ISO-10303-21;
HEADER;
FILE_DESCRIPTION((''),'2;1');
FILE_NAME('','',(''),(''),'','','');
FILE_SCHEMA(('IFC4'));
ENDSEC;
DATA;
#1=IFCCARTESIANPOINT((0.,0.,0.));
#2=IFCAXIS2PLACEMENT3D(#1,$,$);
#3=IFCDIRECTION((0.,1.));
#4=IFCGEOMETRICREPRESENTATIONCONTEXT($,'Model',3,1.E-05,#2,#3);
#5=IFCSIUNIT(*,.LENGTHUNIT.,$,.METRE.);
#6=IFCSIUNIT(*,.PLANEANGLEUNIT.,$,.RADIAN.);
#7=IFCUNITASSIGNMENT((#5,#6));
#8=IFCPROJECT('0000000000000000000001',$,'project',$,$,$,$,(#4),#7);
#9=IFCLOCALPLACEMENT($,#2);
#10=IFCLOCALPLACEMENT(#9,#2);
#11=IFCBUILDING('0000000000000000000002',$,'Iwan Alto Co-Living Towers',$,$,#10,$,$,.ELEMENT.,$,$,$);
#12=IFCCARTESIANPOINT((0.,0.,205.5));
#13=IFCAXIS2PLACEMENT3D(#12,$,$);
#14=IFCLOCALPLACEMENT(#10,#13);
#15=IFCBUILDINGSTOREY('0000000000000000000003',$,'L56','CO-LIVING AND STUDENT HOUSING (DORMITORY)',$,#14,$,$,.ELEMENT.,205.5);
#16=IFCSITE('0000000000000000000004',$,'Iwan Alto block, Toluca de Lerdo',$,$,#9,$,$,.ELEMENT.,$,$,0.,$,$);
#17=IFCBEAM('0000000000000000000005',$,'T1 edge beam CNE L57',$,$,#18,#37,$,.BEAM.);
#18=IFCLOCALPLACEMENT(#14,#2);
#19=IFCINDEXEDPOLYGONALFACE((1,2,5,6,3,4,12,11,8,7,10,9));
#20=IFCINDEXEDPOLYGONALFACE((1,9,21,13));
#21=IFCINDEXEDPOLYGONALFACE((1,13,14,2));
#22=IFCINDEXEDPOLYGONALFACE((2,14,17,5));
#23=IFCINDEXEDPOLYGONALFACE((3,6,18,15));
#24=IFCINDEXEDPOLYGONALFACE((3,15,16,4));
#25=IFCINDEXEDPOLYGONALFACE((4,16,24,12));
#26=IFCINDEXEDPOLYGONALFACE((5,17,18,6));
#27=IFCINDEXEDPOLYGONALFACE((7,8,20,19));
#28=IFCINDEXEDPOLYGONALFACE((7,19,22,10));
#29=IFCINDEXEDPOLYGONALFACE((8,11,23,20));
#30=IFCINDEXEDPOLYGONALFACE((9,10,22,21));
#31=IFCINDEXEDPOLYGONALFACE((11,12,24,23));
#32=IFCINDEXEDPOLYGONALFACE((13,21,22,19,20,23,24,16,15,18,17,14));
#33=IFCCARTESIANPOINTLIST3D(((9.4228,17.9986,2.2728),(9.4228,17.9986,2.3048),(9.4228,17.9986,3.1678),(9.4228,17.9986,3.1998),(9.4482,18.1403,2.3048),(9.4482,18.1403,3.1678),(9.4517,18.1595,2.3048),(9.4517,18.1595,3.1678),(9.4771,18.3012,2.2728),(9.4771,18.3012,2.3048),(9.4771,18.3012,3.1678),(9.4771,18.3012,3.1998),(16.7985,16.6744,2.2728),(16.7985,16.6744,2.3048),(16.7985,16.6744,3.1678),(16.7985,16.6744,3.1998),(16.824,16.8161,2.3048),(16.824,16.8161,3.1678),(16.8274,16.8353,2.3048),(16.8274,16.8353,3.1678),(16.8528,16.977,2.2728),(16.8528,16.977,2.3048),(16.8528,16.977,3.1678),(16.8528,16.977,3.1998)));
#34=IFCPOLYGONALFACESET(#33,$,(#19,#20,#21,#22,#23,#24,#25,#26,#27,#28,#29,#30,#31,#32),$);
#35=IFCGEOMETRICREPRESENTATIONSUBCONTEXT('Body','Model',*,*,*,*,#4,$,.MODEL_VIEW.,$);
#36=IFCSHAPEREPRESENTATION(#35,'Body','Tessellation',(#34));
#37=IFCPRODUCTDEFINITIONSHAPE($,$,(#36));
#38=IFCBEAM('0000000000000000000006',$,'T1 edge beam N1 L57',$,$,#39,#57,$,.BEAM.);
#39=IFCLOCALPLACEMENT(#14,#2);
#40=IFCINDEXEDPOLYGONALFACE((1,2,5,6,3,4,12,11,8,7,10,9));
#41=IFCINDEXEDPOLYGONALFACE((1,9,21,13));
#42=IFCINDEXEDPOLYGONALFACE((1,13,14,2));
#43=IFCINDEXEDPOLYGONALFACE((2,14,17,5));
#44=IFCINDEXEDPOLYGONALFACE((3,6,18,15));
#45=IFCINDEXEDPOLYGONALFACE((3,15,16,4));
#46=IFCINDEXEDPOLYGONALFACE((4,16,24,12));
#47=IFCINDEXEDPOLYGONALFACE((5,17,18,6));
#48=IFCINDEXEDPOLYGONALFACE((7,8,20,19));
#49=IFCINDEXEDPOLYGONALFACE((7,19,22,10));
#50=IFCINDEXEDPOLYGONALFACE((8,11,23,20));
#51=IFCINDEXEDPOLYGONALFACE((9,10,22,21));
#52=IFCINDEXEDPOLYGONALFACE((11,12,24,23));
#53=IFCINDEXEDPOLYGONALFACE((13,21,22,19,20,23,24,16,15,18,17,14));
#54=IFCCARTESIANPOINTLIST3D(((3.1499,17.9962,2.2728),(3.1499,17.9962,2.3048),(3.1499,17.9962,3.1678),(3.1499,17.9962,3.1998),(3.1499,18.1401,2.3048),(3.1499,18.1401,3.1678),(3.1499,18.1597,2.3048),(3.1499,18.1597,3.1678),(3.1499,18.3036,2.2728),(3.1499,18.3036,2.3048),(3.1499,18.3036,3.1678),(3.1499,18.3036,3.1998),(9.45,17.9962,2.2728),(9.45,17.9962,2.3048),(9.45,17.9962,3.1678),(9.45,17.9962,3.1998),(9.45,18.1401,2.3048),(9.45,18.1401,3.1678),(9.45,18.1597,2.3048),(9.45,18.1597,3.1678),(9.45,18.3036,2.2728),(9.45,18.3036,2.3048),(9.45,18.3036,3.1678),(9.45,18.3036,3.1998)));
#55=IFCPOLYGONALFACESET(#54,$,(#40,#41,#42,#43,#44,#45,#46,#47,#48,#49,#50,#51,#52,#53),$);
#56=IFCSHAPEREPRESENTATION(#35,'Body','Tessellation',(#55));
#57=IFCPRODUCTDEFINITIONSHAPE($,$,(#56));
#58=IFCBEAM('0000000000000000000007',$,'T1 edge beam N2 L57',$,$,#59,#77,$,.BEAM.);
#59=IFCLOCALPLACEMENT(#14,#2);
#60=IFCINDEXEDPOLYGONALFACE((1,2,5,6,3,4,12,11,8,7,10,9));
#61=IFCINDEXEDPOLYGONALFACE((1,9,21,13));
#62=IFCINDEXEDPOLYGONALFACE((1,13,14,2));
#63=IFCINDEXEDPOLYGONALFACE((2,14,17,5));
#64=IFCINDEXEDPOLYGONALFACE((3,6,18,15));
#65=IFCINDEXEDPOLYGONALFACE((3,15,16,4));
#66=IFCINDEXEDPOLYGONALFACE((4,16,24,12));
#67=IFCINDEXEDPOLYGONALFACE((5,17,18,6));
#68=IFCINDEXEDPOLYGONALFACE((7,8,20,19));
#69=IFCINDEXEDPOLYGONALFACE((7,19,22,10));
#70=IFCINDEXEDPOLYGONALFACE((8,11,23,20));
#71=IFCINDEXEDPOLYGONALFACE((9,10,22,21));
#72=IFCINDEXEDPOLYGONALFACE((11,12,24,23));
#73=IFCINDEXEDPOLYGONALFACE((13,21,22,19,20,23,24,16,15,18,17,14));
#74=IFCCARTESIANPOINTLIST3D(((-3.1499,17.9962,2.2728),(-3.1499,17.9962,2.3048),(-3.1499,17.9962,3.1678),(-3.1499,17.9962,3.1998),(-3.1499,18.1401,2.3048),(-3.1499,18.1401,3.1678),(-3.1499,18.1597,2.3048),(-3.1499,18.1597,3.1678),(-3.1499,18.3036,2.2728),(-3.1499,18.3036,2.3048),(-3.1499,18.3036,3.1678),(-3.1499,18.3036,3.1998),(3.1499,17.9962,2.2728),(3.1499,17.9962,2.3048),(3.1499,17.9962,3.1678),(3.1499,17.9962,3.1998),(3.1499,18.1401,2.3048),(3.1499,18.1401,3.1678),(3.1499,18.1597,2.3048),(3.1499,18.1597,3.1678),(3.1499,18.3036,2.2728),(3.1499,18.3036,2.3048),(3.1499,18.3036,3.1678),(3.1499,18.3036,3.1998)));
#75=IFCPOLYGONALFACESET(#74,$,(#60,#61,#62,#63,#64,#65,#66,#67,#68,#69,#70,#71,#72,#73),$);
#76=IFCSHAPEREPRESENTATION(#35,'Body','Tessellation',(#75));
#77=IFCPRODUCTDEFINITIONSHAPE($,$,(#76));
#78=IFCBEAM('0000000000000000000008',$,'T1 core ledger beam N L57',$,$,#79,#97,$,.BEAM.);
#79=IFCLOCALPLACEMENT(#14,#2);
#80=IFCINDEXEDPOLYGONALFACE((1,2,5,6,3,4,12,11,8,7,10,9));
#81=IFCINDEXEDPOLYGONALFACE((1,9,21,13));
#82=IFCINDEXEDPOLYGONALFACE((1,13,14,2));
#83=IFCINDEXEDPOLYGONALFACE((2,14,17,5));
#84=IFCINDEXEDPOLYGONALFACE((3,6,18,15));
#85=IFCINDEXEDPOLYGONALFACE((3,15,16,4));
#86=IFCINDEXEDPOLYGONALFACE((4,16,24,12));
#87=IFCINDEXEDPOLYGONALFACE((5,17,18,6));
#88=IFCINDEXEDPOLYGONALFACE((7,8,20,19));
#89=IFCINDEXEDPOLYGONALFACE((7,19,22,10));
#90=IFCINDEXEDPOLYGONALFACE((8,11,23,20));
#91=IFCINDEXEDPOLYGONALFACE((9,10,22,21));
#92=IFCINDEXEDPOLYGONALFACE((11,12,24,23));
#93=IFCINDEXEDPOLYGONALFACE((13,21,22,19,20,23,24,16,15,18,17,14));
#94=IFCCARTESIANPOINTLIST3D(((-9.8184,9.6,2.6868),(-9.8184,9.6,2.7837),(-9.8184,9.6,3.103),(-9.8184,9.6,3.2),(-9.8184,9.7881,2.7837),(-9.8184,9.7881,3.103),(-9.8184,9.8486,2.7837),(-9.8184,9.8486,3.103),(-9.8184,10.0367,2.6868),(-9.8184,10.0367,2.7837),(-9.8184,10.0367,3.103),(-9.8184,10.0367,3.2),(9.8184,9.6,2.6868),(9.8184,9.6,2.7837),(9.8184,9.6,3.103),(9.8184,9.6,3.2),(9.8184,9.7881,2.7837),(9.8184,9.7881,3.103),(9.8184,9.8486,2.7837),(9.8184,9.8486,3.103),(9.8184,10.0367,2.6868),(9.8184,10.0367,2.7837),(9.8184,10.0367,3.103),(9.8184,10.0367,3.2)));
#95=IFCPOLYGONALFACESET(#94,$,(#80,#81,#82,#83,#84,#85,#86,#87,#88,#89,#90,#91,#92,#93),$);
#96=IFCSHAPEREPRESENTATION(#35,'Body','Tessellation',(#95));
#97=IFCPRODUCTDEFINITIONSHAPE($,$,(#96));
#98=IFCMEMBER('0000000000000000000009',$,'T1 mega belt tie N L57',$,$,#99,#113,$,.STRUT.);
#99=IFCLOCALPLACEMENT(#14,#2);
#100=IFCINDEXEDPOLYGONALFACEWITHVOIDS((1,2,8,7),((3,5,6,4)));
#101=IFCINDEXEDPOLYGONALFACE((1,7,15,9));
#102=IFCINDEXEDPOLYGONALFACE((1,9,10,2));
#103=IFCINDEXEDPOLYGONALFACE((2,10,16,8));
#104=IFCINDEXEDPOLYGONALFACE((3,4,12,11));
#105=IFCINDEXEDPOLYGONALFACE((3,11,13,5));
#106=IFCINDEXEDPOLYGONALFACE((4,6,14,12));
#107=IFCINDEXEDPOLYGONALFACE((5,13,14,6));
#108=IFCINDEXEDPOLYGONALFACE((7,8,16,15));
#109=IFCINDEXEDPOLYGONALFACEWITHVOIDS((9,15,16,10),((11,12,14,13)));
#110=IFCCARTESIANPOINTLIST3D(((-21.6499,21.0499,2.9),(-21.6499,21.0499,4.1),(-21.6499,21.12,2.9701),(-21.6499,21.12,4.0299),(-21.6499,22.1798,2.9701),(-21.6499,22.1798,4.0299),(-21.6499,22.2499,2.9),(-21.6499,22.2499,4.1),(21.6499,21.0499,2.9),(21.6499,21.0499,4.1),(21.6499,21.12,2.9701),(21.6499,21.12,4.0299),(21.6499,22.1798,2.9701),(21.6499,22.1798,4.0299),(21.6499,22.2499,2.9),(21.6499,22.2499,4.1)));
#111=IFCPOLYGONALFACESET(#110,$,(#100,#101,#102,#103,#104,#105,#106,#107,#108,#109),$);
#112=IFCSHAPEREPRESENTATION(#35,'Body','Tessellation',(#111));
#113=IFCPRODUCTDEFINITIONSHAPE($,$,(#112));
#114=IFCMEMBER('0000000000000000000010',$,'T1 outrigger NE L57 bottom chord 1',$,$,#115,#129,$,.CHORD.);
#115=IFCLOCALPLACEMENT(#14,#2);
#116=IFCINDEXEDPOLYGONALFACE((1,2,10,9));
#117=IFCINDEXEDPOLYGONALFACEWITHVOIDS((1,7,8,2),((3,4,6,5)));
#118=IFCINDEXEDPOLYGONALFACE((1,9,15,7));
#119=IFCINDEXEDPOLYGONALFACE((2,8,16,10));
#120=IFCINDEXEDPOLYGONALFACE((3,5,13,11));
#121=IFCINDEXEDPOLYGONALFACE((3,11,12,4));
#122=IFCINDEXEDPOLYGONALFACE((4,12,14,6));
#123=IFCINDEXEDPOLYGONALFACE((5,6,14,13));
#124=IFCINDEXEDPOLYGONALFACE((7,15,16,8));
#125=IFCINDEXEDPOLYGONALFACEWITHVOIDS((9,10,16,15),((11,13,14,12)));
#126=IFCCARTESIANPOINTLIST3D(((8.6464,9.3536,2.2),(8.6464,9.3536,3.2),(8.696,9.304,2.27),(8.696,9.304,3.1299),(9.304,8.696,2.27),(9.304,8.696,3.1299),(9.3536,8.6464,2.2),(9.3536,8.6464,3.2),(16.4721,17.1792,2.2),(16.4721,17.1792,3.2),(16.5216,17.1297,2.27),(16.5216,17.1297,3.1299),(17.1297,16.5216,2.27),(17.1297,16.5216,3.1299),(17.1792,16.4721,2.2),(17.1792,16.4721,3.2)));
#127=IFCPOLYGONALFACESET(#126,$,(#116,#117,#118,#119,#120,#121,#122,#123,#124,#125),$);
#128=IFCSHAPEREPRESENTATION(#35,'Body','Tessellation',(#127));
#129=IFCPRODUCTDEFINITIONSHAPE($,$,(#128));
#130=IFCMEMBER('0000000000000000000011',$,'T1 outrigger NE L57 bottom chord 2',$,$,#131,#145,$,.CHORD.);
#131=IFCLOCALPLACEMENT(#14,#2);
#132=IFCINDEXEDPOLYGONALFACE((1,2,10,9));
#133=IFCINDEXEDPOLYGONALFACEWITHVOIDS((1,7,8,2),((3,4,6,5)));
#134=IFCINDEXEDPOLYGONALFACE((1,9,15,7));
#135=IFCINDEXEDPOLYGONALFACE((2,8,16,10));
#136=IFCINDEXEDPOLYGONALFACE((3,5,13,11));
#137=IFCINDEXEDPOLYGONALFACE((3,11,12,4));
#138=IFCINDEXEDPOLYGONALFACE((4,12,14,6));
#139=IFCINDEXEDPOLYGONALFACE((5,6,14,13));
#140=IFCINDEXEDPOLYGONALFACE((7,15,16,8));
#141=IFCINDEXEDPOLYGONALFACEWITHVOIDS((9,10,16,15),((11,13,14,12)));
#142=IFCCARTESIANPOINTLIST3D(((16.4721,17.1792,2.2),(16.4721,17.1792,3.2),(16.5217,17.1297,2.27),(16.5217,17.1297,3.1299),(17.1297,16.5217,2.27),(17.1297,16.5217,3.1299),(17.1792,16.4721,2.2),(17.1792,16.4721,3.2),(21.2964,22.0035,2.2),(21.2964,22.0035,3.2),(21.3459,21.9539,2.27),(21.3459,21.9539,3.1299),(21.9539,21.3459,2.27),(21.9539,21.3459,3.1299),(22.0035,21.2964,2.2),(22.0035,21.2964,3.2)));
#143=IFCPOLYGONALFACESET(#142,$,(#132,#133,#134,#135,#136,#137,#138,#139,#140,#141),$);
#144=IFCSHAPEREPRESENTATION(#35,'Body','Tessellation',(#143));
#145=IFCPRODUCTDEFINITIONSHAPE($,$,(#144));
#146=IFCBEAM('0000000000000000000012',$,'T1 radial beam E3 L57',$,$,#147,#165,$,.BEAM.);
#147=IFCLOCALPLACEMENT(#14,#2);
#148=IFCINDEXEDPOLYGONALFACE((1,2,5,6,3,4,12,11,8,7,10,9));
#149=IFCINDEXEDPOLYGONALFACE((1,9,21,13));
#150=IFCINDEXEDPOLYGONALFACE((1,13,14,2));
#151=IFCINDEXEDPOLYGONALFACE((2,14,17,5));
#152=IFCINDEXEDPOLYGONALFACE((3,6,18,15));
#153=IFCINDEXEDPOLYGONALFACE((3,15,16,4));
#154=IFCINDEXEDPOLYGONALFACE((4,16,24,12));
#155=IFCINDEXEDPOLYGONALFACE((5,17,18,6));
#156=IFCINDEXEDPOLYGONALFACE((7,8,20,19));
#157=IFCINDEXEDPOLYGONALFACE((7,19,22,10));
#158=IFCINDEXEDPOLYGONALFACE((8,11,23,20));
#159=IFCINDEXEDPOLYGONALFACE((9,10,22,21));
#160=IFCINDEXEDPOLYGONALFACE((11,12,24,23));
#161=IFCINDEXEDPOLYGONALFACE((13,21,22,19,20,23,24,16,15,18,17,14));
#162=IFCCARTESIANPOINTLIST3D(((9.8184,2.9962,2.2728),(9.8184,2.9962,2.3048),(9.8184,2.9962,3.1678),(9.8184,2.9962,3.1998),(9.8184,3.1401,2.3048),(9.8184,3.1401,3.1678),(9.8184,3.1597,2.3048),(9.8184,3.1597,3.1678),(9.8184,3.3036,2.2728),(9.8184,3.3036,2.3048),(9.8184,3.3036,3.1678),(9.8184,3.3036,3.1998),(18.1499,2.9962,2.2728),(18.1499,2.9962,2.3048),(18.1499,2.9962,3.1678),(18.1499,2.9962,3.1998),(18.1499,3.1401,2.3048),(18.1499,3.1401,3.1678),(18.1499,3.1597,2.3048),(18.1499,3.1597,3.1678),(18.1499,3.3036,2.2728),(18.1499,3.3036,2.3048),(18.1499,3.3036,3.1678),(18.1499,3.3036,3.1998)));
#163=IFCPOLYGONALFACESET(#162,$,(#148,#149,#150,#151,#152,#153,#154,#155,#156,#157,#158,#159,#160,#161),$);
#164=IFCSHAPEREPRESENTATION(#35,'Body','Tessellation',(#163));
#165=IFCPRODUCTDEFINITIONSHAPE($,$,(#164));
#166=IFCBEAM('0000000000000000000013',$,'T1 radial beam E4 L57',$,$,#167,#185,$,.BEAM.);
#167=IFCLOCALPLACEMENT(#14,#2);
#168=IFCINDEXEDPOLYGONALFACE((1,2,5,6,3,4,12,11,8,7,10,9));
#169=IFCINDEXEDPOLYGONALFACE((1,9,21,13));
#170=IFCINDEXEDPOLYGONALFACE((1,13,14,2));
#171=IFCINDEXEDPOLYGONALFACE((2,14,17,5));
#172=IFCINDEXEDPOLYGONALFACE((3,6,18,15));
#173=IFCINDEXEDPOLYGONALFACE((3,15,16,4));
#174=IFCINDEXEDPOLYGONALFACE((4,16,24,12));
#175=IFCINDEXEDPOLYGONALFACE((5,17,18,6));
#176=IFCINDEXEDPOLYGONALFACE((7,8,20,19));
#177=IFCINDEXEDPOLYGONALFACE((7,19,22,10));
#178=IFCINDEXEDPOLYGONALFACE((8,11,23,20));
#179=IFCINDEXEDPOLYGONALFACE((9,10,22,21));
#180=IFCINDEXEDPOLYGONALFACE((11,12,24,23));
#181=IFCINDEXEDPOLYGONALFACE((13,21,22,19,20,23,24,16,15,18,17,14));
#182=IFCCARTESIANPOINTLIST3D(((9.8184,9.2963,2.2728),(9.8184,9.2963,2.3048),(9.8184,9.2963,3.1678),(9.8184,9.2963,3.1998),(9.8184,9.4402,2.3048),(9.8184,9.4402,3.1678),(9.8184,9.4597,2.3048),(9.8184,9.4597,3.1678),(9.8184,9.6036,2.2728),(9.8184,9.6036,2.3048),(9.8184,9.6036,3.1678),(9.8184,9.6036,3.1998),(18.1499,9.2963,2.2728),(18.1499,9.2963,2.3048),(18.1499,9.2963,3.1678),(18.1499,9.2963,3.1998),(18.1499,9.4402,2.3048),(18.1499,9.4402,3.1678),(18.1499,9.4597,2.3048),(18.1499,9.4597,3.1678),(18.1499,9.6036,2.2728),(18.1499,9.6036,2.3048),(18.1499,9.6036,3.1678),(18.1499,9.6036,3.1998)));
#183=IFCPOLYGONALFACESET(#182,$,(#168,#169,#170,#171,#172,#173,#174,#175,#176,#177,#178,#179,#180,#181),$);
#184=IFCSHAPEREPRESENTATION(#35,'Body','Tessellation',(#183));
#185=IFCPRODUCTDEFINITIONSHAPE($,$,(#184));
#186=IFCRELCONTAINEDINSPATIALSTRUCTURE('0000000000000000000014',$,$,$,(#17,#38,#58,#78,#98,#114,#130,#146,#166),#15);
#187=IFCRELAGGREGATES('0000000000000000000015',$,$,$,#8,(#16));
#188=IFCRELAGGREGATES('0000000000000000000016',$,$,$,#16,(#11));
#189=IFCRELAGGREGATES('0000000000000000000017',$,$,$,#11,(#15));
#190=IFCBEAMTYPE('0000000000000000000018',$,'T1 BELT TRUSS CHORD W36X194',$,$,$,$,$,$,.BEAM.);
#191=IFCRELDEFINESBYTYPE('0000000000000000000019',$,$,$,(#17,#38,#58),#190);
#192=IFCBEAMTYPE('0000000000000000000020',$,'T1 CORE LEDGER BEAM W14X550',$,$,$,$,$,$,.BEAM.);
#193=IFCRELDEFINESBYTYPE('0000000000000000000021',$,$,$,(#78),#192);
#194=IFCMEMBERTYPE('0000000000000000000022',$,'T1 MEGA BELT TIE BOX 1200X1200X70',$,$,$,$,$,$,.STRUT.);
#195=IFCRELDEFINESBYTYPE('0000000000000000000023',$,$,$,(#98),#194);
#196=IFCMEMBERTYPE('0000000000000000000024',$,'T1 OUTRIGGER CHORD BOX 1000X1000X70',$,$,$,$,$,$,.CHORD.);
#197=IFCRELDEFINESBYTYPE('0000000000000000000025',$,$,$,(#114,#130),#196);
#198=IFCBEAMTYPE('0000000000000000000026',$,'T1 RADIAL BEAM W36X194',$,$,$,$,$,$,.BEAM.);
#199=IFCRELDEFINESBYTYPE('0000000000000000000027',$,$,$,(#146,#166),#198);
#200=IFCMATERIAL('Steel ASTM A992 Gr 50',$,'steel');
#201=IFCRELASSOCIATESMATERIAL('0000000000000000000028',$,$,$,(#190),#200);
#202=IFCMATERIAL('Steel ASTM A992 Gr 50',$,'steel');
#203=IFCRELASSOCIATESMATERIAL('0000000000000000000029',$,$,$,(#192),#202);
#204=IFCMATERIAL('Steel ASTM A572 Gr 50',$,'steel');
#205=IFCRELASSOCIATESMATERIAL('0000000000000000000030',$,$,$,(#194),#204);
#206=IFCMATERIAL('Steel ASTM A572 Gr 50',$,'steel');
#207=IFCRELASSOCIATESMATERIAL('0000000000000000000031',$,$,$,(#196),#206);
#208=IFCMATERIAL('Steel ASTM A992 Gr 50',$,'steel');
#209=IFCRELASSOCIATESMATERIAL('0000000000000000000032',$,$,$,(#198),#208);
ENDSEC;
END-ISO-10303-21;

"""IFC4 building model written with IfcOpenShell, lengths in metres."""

from ifc_helpers import new_model, si_unit, direction, frame, origin, origin_2d, place, context, subcontext, project, spatial, hollow_rectangle, i_section, extrude, material, material_profile, profile_set, type_object, element, save


model = new_model("IFC4")

# Units and contexts
model_context = context("Model", 3, precision=1e-05, world=origin(), true_north=direction((0.0, 1.0)))
body_context = subcontext(model_context, "Body", "Model", "MODEL_VIEW")
ifc_project = project(units=[si_unit("LENGTHUNIT", "METRE"), si_unit("PLANEANGLEUNIT", "RADIAN")], contexts=[model_context])

# Site, building, storey
site_placement = place(None, origin())
site = spatial("IfcSite", under=ifc_project, at=site_placement, Name="Iwan Alto block, Toluca de Lerdo", CompositionType="ELEMENT", RefElevation=0.0)
building_placement = place(site_placement, origin())
building = spatial("IfcBuilding", under=site, at=building_placement, Name="Iwan Alto Co-Living Towers", CompositionType="ELEMENT")
storey_placement = place(building_placement, frame((0.0, 0.0, 205.5)))
storey = spatial("IfcBuildingStorey", under=building, at=storey_placement, Name="L56", Description="CO-LIVING AND STUDENT HOUSING (DORMITORY)", CompositionType="ELEMENT", Elevation=205.5)

# Beams
ifc_material_1 = material(Name="Steel ASTM A992 Gr 50", Category="steel")
ifc_material_profile_1 = material_profile(ifc_material_1, i_section(OverallWidth=0.3074, OverallDepth=0.927, WebThickness=0.0195, FlangeThickness=0.032, at=origin_2d()), Name="W36X194")
ifc_profile_set_1 = profile_set([ifc_material_profile_1], Name="Steel ASTM A992 Gr 50")
beam_type_1 = type_object("IfcBeamType", Name="T1 BELT TRUSS CHORD W36X194", PredefinedType="BEAM", material=ifc_profile_set_1)
for number, where, z_axis, x_axis, name in (
    (1, (16.8257, 16.8257, 2.7363), (-0.984263, 0.176712, 0.0), (-0.176712, -0.984263, 0.0), "T1 edge beam CNE L57"),
):
    element("IfcBeam", number, at=place(storey_placement, frame(where, z_axis=z_axis, x_axis=x_axis)), inside=storey, type_object=beam_type_1, Name=name, PredefinedType="BEAM", context=body_context, shape_type="SweptSolid", body=[
        extrude(i_section(OverallWidth=0.3074, OverallDepth=0.927, WebThickness=0.0195, FlangeThickness=0.032, at=origin_2d()), origin(), (0.0, 0.0, 1.0), 7.4937),
    ])
beam_1_placement = place(storey_placement, frame((9.45, 18.1499, 2.7363), z_axis=(-1.0, 0.0, 0.0), x_axis=(0.0, -1.0, 0.0)))
element("IfcBeam", 2, at=beam_1_placement, inside=storey, type_object=beam_type_1, Name="T1 edge beam N1 L57", PredefinedType="BEAM", context=body_context, shape_type="SweptSolid", body=[
    extrude(i_section(OverallWidth=0.3074, OverallDepth=0.927, WebThickness=0.0195, FlangeThickness=0.032, at=origin_2d()), origin(), (0.0, 0.0, 1.0), 6.3),
])
beam_2_placement = place(storey_placement, frame((3.1499, 18.1499, 2.7363), z_axis=(-1.0, 0.0, 0.0), x_axis=(0.0, -1.0, 0.0)))
element("IfcBeam", 3, at=beam_2_placement, inside=storey, type_object=beam_type_1, Name="T1 edge beam N2 L57", PredefinedType="BEAM", context=body_context, shape_type="SweptSolid", body=[
    extrude(i_section(OverallWidth=0.3074, OverallDepth=0.927, WebThickness=0.0195, FlangeThickness=0.032, at=origin_2d()), origin(), (0.0, 0.0, 1.0), 6.2998),
])
ifc_material_2 = material(Name="Steel ASTM A992 Gr 50", Category="steel")
ifc_material_profile_2 = material_profile(ifc_material_2, i_section(OverallWidth=0.4368, OverallDepth=0.5132, WebThickness=0.0605, FlangeThickness=0.0969, at=origin_2d()), Name="W14X550")
ifc_profile_set_2 = profile_set([ifc_material_profile_2], Name="Steel ASTM A992 Gr 50")
beam_type_2 = type_object("IfcBeamType", Name="T1 CORE LEDGER BEAM W14X550", PredefinedType="BEAM", material=ifc_profile_set_2)
beam_3_placement = place(storey_placement, frame((9.8184, 9.8184, 2.9434), z_axis=(-1.0, 0.0, 0.0), x_axis=(0.0, -1.0, 0.0)))
element("IfcBeam", 4, at=beam_3_placement, inside=storey, type_object=beam_type_2, Name="T1 core ledger beam N L57", PredefinedType="BEAM", context=body_context, shape_type="SweptSolid", body=[
    extrude(i_section(OverallWidth=0.4368, OverallDepth=0.5132, WebThickness=0.0605, FlangeThickness=0.0969, at=origin_2d()), origin(), (0.0, 0.0, 1.0), 19.6367),
])

# Members
ifc_material_3 = material(Name="Steel ASTM A572 Gr 50", Category="steel")
ifc_material_profile_3 = material_profile(ifc_material_3, hollow_rectangle(XDim=1.2, YDim=1.2, WallThickness=0.0701, at=origin_2d()), Name="BOX 1200X1200X70")
ifc_profile_set_3 = profile_set([ifc_material_profile_3], Name="Steel ASTM A572 Gr 50")
member_type_1 = type_object("IfcMemberType", Name="T1 MEGA BELT TIE BOX 1200X1200X70", PredefinedType="STRUT", material=ifc_profile_set_3)
member_1_placement = place(storey_placement, frame((21.6499, 21.6499, 3.5), z_axis=(-1.0, 0.0, 0.0), x_axis=(0.0, -1.0, 0.0)))
element("IfcMember", 5, at=member_1_placement, inside=storey, type_object=member_type_1, Name="T1 mega belt tie N L57", PredefinedType="STRUT", context=body_context, shape_type="SweptSolid", body=[
    extrude(hollow_rectangle(XDim=1.2, YDim=1.2, WallThickness=0.0701, at=origin_2d()), origin(), (0.0, 0.0, 1.0), 43.2998),
])
ifc_material_4 = material(Name="Steel ASTM A572 Gr 50", Category="steel")
ifc_material_profile_4 = material_profile(ifc_material_4, hollow_rectangle(XDim=1.0, YDim=1.0, WallThickness=0.0701, at=origin_2d()), Name="BOX 1000X1000X70")
ifc_profile_set_4 = profile_set([ifc_material_profile_4], Name="Steel ASTM A572 Gr 50")
member_type_2 = type_object("IfcMemberType", Name="T1 OUTRIGGER CHORD BOX 1000X1000X70", PredefinedType="CHORD", material=ifc_profile_set_4)
member_2_placement = place(storey_placement, frame((9.0, 9.0, 2.7), z_axis=(0.707107, 0.707107, 0.0), x_axis=(-0.707107, 0.707107, 0.0)))
element("IfcMember", 6, at=member_2_placement, inside=storey, type_object=member_type_2, Name="T1 outrigger NE L57 bottom chord 1", PredefinedType="CHORD", context=body_context, shape_type="SweptSolid", body=[
    extrude(hollow_rectangle(XDim=1.0, YDim=1.0, WallThickness=0.0701, at=origin_2d()), origin(), (0.0, 0.0, 1.0), 11.0671),
])
member_3_placement = place(storey_placement, frame((16.8257, 16.8257, 2.7), z_axis=(0.707107, 0.707107, 0.0), x_axis=(-0.707107, 0.707107, 0.0)))
element("IfcMember", 7, at=member_3_placement, inside=storey, type_object=member_type_2, Name="T1 outrigger NE L57 bottom chord 2", PredefinedType="CHORD", context=body_context, shape_type="SweptSolid", body=[
    extrude(hollow_rectangle(XDim=1.0, YDim=1.0, WallThickness=0.0701, at=origin_2d()), origin(), (0.0, 0.0, 1.0), 6.8225),
])

# Beams
ifc_material_5 = material(Name="Steel ASTM A992 Gr 50", Category="steel")
ifc_material_profile_5 = material_profile(ifc_material_5, i_section(OverallWidth=0.3074, OverallDepth=0.927, WebThickness=0.0195, FlangeThickness=0.032, at=origin_2d()), Name="W36X194")
ifc_profile_set_5 = profile_set([ifc_material_profile_5], Name="Steel ASTM A992 Gr 50")
beam_type_3 = type_object("IfcBeamType", Name="T1 RADIAL BEAM W36X194", PredefinedType="BEAM", material=ifc_profile_set_5)
for number, where, z_axis, x_axis, name in (
    (8, (18.1499, 3.1499, 2.7363), (-1.0, 0.0, 0.0), (0.0, -1.0, 0.0), "T1 radial beam E3 L57"),
    (9, (18.1499, 9.45, 2.7363), (-1.0, 0.0, 0.0), (0.0, -1.0, 0.0), "T1 radial beam E4 L57"),
):
    element("IfcBeam", number, at=place(storey_placement, frame(where, z_axis=z_axis, x_axis=x_axis)), inside=storey, type_object=beam_type_3, Name=name, PredefinedType="BEAM", context=body_context, shape_type="SweptSolid", body=[
        extrude(i_section(OverallWidth=0.3074, OverallDepth=0.927, WebThickness=0.0195, FlangeThickness=0.032, at=origin_2d()), origin(), (0.0, 0.0, 1.0), 8.3315),
    ])

save(model, "model.ifc")
